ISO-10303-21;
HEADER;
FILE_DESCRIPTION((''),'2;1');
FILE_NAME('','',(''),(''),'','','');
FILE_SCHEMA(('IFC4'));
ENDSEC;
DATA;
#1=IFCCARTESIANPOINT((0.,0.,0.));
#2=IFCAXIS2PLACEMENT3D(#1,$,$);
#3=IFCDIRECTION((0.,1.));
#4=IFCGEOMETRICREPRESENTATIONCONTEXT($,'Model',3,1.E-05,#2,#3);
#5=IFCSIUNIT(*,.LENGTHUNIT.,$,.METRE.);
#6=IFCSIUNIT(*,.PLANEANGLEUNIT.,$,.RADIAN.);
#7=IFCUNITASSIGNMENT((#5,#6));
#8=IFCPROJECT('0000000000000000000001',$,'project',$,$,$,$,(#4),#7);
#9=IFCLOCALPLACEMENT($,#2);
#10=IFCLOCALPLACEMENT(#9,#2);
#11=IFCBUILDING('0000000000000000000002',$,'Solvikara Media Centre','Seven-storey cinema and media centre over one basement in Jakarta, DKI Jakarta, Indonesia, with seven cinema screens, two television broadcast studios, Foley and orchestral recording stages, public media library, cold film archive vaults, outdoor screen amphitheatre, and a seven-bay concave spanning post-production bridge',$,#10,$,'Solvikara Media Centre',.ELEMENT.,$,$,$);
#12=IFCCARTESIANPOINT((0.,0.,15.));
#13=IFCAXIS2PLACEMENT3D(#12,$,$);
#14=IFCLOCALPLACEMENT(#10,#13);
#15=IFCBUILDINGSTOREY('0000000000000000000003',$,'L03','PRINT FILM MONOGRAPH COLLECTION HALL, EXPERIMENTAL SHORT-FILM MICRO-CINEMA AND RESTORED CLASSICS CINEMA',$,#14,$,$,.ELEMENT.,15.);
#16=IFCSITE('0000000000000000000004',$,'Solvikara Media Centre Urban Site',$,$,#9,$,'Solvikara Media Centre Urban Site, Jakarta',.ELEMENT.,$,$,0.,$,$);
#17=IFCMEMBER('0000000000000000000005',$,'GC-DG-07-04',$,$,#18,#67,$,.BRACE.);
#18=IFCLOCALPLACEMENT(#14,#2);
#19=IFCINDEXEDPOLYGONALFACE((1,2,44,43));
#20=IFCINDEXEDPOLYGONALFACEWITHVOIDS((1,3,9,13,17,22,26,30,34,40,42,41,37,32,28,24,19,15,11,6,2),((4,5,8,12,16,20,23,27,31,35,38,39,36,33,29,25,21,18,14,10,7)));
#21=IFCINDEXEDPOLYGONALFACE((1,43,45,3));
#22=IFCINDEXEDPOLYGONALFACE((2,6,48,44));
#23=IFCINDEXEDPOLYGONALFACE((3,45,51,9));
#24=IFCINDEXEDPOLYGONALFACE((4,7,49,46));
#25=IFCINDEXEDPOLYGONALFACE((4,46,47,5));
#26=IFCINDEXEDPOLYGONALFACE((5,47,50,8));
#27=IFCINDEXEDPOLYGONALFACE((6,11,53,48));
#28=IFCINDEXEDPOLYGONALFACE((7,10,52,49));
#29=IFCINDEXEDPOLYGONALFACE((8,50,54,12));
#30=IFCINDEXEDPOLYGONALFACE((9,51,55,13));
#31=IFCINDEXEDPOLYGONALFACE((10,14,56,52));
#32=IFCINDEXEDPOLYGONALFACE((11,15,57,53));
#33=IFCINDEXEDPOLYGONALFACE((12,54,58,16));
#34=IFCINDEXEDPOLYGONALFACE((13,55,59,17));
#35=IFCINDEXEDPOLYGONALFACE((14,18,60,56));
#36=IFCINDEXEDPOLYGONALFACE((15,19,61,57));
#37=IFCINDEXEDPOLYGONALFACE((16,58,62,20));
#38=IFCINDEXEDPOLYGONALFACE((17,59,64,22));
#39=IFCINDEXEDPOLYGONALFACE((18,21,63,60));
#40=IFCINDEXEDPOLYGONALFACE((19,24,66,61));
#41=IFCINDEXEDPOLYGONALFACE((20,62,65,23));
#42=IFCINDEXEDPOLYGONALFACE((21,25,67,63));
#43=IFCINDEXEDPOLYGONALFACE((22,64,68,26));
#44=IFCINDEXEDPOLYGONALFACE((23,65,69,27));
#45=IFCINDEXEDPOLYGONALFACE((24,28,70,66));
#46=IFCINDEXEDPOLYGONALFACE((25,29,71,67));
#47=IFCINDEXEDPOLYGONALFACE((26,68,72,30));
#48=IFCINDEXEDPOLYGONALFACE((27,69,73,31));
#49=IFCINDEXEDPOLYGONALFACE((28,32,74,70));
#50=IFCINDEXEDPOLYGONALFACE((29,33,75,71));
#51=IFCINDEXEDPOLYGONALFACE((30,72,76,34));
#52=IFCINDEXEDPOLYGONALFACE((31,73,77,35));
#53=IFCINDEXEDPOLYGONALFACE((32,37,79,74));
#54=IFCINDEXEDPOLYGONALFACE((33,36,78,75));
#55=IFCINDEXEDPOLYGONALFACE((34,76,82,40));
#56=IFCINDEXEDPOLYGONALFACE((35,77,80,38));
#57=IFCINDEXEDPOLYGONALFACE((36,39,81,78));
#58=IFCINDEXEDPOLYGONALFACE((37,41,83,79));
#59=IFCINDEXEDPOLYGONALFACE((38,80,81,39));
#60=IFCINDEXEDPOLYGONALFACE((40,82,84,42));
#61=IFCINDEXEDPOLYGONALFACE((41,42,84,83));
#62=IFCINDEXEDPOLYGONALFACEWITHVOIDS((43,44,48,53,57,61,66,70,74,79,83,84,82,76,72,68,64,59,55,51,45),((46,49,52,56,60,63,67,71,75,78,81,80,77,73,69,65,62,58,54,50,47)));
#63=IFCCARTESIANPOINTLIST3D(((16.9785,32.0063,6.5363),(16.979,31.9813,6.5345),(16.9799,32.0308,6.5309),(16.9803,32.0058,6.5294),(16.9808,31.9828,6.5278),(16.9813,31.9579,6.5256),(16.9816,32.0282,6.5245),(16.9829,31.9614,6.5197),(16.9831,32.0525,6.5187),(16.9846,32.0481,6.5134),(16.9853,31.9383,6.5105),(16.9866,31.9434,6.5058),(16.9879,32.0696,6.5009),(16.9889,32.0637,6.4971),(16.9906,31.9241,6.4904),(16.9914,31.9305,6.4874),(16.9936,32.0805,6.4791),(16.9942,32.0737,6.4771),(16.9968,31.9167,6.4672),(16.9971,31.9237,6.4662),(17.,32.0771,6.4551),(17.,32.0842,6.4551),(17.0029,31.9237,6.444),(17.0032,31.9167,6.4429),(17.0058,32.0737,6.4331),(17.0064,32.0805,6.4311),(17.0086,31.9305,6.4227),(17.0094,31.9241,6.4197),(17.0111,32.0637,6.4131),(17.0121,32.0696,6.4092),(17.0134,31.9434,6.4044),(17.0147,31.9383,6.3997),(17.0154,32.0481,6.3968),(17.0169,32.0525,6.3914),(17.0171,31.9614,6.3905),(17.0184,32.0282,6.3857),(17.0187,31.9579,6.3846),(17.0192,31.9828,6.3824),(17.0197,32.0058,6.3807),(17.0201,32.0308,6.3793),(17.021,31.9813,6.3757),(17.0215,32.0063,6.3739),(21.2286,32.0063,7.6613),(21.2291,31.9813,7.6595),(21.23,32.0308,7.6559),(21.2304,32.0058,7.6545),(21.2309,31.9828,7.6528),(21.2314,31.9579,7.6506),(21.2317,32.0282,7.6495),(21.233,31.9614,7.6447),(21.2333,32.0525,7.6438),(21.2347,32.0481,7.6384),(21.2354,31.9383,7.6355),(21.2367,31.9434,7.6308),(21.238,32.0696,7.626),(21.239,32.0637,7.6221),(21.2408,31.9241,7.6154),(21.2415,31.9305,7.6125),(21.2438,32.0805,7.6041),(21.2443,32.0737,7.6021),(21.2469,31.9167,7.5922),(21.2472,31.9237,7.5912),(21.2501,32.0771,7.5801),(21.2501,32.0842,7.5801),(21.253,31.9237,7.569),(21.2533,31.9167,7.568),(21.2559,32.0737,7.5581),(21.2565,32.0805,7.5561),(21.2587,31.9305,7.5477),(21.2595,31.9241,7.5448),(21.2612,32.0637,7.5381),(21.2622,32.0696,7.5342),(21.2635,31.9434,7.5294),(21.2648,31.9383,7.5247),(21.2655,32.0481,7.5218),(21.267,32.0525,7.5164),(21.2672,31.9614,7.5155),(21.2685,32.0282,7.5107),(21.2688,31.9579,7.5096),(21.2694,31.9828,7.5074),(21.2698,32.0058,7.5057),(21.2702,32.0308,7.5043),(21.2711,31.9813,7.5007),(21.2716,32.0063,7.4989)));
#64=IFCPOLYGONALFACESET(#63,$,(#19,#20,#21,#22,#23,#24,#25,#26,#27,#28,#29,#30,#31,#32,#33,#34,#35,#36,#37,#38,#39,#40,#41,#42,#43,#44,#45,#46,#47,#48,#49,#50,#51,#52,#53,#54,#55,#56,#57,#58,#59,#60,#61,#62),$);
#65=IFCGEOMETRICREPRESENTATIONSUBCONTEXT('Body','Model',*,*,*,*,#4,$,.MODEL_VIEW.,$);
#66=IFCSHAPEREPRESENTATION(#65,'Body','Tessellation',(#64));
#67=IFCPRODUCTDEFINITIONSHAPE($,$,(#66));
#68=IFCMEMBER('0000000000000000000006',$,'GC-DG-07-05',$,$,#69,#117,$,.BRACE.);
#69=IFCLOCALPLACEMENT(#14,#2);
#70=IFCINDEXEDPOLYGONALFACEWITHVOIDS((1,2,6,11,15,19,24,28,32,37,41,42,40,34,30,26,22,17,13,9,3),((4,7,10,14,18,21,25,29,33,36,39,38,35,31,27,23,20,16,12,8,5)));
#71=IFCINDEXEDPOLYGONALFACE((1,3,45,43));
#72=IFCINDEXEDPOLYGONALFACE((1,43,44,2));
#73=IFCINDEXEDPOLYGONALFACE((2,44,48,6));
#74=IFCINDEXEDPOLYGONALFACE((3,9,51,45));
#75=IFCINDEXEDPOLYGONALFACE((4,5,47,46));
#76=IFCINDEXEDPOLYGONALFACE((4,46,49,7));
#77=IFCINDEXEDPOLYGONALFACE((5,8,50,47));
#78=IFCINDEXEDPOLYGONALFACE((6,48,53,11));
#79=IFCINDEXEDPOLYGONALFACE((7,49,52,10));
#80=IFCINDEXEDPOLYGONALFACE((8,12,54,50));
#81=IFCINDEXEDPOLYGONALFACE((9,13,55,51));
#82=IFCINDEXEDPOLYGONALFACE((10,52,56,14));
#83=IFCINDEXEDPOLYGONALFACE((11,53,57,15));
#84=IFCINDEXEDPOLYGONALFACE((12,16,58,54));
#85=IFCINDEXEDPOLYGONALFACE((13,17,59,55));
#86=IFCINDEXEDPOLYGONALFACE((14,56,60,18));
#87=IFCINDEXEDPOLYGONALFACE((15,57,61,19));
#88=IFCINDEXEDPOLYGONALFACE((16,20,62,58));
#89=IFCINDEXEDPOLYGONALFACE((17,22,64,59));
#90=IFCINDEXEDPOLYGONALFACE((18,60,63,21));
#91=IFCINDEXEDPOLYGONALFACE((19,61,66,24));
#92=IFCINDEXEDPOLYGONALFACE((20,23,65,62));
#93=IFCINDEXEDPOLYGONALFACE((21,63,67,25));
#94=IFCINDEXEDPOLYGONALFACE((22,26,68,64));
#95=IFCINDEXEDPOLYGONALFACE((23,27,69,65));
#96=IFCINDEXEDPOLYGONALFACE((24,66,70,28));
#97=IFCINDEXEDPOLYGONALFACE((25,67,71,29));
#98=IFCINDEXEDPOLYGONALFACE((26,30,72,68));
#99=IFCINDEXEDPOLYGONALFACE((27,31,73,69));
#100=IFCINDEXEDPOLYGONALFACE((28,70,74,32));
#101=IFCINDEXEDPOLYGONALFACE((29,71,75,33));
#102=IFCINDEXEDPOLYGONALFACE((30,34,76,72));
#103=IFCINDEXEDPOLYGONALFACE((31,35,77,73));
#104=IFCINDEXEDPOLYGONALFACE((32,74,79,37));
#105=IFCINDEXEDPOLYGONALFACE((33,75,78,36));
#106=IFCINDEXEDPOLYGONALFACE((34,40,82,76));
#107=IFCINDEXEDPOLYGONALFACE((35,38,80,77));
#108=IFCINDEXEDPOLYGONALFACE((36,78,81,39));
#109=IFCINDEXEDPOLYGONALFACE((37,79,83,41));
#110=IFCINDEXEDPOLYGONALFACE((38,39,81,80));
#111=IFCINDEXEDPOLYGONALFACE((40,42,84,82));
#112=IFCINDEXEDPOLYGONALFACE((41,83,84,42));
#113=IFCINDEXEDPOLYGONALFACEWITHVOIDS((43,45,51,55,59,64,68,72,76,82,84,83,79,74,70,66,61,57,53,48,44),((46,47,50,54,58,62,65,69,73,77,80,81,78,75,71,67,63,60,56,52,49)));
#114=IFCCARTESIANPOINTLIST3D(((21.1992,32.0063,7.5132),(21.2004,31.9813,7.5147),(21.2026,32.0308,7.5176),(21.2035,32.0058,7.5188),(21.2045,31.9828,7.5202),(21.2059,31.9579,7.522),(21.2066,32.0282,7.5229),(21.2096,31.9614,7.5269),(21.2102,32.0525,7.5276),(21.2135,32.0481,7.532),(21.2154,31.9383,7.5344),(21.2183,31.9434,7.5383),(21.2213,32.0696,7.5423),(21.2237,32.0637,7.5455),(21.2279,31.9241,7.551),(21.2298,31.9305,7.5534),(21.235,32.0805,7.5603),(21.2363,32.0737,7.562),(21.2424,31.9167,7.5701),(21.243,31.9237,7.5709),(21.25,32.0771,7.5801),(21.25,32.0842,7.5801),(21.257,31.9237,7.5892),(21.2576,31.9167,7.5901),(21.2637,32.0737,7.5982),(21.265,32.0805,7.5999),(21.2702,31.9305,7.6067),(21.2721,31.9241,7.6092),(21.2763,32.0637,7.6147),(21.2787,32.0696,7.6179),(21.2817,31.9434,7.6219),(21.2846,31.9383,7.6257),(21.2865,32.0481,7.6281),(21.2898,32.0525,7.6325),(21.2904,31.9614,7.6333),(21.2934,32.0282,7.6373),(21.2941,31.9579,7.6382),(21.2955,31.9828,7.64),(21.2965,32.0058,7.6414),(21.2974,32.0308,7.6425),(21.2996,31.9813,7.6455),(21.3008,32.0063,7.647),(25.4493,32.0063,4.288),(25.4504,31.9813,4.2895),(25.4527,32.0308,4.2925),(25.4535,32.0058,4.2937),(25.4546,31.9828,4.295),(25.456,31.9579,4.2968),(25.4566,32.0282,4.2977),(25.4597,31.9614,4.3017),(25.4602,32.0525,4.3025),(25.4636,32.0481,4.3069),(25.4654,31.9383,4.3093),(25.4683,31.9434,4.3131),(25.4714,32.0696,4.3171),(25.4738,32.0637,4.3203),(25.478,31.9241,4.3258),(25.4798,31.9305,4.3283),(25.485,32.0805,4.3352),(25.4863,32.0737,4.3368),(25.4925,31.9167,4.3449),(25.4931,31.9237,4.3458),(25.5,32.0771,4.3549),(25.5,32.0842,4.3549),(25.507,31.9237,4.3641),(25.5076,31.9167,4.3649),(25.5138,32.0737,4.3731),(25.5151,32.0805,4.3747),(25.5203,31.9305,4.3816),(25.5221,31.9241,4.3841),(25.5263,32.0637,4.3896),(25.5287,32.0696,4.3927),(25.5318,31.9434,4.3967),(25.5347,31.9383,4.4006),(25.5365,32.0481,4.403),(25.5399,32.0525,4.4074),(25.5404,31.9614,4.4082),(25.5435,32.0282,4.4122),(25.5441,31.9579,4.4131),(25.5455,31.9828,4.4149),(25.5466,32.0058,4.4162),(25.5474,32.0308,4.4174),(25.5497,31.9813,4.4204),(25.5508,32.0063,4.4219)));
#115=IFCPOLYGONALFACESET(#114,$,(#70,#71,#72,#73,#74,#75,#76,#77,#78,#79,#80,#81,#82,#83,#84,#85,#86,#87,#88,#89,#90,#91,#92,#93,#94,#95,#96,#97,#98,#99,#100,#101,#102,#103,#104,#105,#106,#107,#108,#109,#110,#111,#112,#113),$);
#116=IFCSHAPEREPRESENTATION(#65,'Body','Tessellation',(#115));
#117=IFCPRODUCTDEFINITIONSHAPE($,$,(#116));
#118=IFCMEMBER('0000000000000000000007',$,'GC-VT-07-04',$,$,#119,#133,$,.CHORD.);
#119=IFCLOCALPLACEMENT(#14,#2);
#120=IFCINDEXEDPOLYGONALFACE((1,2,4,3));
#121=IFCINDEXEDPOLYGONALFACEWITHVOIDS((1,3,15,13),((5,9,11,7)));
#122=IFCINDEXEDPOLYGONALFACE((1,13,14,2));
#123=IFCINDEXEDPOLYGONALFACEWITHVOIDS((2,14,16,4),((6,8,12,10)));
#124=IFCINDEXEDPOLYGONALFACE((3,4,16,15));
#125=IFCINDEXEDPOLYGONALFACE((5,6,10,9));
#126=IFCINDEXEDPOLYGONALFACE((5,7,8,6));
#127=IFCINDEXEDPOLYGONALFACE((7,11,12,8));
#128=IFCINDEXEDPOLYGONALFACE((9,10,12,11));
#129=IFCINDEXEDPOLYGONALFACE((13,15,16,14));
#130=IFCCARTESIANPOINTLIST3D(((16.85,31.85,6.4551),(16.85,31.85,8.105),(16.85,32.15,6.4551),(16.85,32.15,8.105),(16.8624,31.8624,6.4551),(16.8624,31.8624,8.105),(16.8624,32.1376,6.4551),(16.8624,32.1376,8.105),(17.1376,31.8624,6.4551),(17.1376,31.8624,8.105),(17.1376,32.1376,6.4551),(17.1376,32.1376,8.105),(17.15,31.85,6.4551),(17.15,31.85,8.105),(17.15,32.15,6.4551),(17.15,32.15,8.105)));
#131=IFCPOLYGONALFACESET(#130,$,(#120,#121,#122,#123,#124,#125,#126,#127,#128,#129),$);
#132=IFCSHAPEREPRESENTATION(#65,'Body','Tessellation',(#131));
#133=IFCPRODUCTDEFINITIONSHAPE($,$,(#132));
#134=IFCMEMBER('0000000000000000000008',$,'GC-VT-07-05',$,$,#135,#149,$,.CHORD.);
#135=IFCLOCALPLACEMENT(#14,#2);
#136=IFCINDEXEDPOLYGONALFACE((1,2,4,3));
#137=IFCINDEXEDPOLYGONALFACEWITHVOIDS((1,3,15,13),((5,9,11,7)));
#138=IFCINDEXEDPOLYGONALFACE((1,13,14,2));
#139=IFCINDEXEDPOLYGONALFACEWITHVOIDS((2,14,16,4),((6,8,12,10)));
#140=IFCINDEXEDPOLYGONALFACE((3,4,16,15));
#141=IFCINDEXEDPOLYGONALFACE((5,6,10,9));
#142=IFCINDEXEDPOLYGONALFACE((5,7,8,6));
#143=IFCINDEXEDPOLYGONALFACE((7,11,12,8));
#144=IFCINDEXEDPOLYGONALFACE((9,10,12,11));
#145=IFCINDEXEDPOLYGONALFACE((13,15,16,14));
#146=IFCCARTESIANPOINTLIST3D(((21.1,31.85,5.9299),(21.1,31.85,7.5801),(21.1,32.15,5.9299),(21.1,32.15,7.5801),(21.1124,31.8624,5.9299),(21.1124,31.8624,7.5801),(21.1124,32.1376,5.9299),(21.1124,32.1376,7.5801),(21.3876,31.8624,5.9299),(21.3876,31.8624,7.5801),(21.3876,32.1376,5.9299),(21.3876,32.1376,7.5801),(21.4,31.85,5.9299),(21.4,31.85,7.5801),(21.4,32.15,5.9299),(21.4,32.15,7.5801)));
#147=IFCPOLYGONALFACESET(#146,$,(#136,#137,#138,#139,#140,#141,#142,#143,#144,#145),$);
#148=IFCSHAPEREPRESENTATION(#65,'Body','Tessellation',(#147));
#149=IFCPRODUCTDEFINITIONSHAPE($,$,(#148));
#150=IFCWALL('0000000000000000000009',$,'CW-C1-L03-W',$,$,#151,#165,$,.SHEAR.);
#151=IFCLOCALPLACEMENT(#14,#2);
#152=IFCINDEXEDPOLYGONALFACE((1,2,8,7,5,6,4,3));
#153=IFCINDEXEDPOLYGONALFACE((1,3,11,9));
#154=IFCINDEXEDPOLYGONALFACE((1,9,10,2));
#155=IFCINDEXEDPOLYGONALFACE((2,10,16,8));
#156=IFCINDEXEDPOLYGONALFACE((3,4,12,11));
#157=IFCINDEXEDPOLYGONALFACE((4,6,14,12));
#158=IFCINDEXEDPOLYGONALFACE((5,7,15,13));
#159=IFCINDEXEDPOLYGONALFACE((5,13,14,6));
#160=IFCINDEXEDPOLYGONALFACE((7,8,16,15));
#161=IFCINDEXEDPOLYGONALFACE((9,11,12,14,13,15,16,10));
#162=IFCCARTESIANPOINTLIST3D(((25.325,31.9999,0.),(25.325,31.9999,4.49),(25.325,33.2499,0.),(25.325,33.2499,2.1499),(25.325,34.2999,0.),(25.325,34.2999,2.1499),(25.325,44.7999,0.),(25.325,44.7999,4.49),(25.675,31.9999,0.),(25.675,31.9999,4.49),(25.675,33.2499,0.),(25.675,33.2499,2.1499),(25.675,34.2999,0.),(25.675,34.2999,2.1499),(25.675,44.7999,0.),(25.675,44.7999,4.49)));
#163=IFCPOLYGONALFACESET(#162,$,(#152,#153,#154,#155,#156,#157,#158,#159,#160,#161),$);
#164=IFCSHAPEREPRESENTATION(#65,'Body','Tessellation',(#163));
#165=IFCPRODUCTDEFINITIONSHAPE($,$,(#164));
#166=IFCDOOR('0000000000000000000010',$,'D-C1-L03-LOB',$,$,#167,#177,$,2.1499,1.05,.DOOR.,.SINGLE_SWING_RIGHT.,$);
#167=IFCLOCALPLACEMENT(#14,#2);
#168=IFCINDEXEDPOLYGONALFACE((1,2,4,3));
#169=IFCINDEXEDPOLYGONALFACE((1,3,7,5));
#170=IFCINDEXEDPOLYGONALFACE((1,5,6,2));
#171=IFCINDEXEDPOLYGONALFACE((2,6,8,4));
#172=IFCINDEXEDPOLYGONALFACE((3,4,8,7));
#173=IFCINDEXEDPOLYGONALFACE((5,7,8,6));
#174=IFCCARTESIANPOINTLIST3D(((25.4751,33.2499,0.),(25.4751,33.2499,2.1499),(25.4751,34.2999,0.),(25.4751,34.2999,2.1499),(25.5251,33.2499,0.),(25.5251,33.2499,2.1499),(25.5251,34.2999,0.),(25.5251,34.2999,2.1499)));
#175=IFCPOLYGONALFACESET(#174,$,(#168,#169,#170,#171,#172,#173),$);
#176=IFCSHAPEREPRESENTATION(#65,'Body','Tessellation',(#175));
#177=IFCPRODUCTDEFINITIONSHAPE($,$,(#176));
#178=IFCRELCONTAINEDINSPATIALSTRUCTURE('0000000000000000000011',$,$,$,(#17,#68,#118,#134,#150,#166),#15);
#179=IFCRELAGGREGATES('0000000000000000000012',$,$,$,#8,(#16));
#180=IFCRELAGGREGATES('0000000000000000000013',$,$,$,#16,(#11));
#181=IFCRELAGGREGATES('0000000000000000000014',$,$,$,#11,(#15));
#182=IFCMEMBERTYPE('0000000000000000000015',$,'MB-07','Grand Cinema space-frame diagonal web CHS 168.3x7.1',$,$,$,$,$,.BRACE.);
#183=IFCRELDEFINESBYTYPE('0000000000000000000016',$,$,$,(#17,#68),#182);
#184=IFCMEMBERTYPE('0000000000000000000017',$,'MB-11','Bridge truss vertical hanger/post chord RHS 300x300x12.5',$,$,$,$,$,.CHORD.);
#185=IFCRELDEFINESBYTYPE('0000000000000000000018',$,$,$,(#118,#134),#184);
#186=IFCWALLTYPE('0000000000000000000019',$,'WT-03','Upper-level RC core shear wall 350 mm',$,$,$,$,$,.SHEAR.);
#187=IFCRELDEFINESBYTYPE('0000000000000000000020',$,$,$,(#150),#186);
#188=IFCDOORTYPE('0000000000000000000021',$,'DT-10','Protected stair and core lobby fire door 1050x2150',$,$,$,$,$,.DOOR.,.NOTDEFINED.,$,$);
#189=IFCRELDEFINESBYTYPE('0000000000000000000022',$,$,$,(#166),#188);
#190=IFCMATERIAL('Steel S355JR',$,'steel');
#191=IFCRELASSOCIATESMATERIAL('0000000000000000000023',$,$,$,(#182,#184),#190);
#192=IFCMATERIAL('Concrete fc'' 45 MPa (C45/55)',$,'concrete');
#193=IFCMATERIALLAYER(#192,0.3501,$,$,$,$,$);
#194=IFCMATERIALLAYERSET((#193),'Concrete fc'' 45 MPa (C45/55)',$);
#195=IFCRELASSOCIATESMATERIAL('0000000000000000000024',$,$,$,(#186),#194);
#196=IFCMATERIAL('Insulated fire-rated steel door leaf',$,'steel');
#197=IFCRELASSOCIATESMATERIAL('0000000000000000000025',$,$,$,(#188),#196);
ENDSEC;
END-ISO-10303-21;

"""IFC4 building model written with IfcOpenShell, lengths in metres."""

from ifc_helpers import new_model, si_unit, direction, frame, frame_2d, origin, origin_2d, place, context, subcontext, project, spatial, rectangle, hollow_rectangle, hollow_circle, extrude, material, layer, layer_set, material_profile, profile_set, type_object, element, fill, save


model = new_model("IFC4")

# Units and contexts
model_context = context("Model", 3, precision=1e-05, world=origin(), true_north=direction((0.0, 1.0)))
body_context = subcontext(model_context, "Body", "Model", "MODEL_VIEW")
ifc_project = project(units=[si_unit("LENGTHUNIT", "METRE"), si_unit("PLANEANGLEUNIT", "RADIAN")], contexts=[model_context])

# Site, building, storey
site_placement = place(None, origin())
site = spatial("IfcSite", under=ifc_project, at=site_placement, Name="Solvikara Media Centre Urban Site", LongName="Solvikara Media Centre Urban Site, Jakarta", CompositionType="ELEMENT", RefElevation=0.0)
building_placement = place(site_placement, origin())
building = spatial("IfcBuilding", under=site, at=building_placement, Name="Solvikara Media Centre", Description="Seven-storey cinema and media centre over one basement in Jakarta, DKI Jakarta, Indonesia, with seven cinema screens, two television broadcast studios, Foley and orchestral recording stages, public media library, cold film archive vaults, outdoor screen amphitheatre, and a seven-bay concave spanning post-production bridge", LongName="Solvikara Media Centre", CompositionType="ELEMENT")
storey_placement = place(building_placement, frame((0.0, 0.0, 15.0)))
storey = spatial("IfcBuildingStorey", under=building, at=storey_placement, Name="L03", Description="PRINT FILM MONOGRAPH COLLECTION HALL, EXPERIMENTAL SHORT-FILM MICRO-CINEMA AND RESTORED CLASSICS CINEMA", CompositionType="ELEMENT", Elevation=15.0)

# Shared definitions
ifc_material_1 = material(Name="Concrete fc' 45 MPa (C45/55)", Category="concrete")

# Shared definitions
ifc_material_2 = material(Name="Steel S355JR", Category="steel")

# Members
ifc_material_profile_1 = material_profile(ifc_material_2, hollow_circle(Radius=0.0842, WallThickness=0.0071, at=origin_2d()), Name="CHS 168.3x7.1")
ifc_profile_set_1 = profile_set([ifc_material_profile_1], Name="Steel S355JR")
member_type_1 = type_object("IfcMemberType", Name="MB-07", Description="Grand Cinema space-frame diagonal web CHS 168.3x7.1", PredefinedType="BRACE", material=ifc_profile_set_1)
member_1_placement = place(storey_placement, frame((17.0, 32.0, 6.4551), z_axis=(0.966705, 0.0, 0.255893), x_axis=(0.0, 1.0, 0.0)))
element("IfcMember", 1, at=member_1_placement, inside=storey, type_object=member_type_1, Name="GC-DG-07-04", PredefinedType="BRACE", context=body_context, shape_type="SweptSolid", body=[
    extrude(hollow_circle(Radius=0.0842, WallThickness=0.0071, at=origin_2d()), origin(), (0.0, 0.0, 1.0), 4.3965),
])
member_2_placement = place(storey_placement, frame((21.25, 32.0, 7.5801), z_axis=(0.796605, 0.0, -0.604501), x_axis=(0.0, 1.0, 0.0)))
element("IfcMember", 2, at=member_2_placement, inside=storey, type_object=member_type_1, Name="GC-DG-07-05", PredefinedType="BRACE", context=body_context, shape_type="SweptSolid", body=[
    extrude(hollow_circle(Radius=0.0842, WallThickness=0.0071, at=origin_2d()), origin(), (0.0, 0.0, 1.0), 5.3352),
])
ifc_material_profile_2 = material_profile(ifc_material_2, hollow_rectangle(XDim=0.3, YDim=0.3, WallThickness=0.0125, at=origin_2d()), Name="RHS 300x300x12.5")
ifc_profile_set_2 = profile_set([ifc_material_profile_2], Name="Steel S355JR")
member_type_2 = type_object("IfcMemberType", Name="MB-11", Description="Bridge truss vertical hanger/post chord RHS 300x300x12.5", PredefinedType="CHORD", material=ifc_profile_set_2)
member_3_placement = place(storey_placement, frame((17.0, 32.0, 6.4551), z_axis=(0.0, 0.0, 1.0), x_axis=(1.0, 0.0, 0.0)))
element("IfcMember", 3, at=member_3_placement, inside=storey, type_object=member_type_2, Name="GC-VT-07-04", PredefinedType="CHORD", context=body_context, shape_type="SweptSolid", body=[
    extrude(hollow_rectangle(XDim=0.3, YDim=0.3, WallThickness=0.0125, at=origin_2d()), origin(), (0.0, 0.0, 1.0), 1.6499),
])
member_4_placement = place(storey_placement, frame((21.25, 32.0, 5.9299), z_axis=(0.0, 0.0, 1.0), x_axis=(1.0, 0.0, 0.0)))
element("IfcMember", 4, at=member_4_placement, inside=storey, type_object=member_type_2, Name="GC-VT-07-05", PredefinedType="CHORD", context=body_context, shape_type="SweptSolid", body=[
    extrude(hollow_rectangle(XDim=0.3, YDim=0.3, WallThickness=0.0125, at=origin_2d()), origin(), (0.0, 0.0, 1.0), 1.6501),
])

# Wall, opening, door
ifc_layer_1 = layer(ifc_material_1, 0.3501)
ifc_layer_set_1 = layer_set([ifc_layer_1], Name="Concrete fc' 45 MPa (C45/55)")
wall_type_1 = type_object("IfcWallType", Name="WT-03", Description="Upper-level RC core shear wall 350 mm", PredefinedType="SHEAR", material=ifc_layer_set_1)
wall_1_placement = place(storey_placement, frame((25.5, 32.0, 0.0), z_axis=(0.0, 0.0, 1.0), x_axis=(0.0, 1.0, 0.0)))
wall_1 = element("IfcWall", 5, at=wall_1_placement, inside=storey, type_object=wall_type_1, Name="CW-C1-L03-W", PredefinedType="SHEAR", context=body_context, shape_type="SweptSolid", body=[
    extrude(rectangle(XDim=12.8, YDim=0.3501, at=frame_2d((6.3999, 0.0))), origin(), (0.0, 0.0, 1.0), 4.49),
])
opening_1_placement = place(wall_1_placement, frame((1.25, 0.0, 0.0)))
opening_1 = element("IfcOpeningElement", 6, at=opening_1_placement, cuts=wall_1, PredefinedType="OPENING", context=body_context, shape_type="SweptSolid", body=[
    extrude(rectangle(XDim=1.05, YDim=2.1499, at=frame_2d((0.5249, 1.075))), frame((0.0, 0.187, 0.0), z_axis=(0.0, -1.0, 0.0), x_axis=(1.0, 0.0, 0.0)), (0.0, 0.0, 1.0), 0.374),
])
ifc_material_3 = material(Name="Insulated fire-rated steel door leaf", Category="steel")
door_type_1 = type_object("IfcDoorType", Name="DT-10", Description="Protected stair and core lobby fire door 1050x2150", OperationType="NOTDEFINED", PredefinedType="DOOR", material=ifc_material_3)
door_1_placement = place(opening_1_placement, origin())
door_1 = element("IfcDoor", 7, at=door_1_placement, inside=storey, type_object=door_type_1, Name="D-C1-L03-LOB", OperationType="SINGLE_SWING_RIGHT", OverallHeight=2.1499, OverallWidth=1.05, PredefinedType="DOOR", context=body_context, shape_type="SweptSolid", body=[
    extrude(rectangle(XDim=1.05, YDim=2.1499, at=frame_2d((0.5249, 1.075))), frame((0.0, 0.0249, 0.0), z_axis=(0.0, -1.0, 0.0), x_axis=(1.0, 0.0, 0.0)), (0.0, 0.0, 1.0), 0.05),
])
fill(opening_1, door_1)

save(model, "model.ifc")
